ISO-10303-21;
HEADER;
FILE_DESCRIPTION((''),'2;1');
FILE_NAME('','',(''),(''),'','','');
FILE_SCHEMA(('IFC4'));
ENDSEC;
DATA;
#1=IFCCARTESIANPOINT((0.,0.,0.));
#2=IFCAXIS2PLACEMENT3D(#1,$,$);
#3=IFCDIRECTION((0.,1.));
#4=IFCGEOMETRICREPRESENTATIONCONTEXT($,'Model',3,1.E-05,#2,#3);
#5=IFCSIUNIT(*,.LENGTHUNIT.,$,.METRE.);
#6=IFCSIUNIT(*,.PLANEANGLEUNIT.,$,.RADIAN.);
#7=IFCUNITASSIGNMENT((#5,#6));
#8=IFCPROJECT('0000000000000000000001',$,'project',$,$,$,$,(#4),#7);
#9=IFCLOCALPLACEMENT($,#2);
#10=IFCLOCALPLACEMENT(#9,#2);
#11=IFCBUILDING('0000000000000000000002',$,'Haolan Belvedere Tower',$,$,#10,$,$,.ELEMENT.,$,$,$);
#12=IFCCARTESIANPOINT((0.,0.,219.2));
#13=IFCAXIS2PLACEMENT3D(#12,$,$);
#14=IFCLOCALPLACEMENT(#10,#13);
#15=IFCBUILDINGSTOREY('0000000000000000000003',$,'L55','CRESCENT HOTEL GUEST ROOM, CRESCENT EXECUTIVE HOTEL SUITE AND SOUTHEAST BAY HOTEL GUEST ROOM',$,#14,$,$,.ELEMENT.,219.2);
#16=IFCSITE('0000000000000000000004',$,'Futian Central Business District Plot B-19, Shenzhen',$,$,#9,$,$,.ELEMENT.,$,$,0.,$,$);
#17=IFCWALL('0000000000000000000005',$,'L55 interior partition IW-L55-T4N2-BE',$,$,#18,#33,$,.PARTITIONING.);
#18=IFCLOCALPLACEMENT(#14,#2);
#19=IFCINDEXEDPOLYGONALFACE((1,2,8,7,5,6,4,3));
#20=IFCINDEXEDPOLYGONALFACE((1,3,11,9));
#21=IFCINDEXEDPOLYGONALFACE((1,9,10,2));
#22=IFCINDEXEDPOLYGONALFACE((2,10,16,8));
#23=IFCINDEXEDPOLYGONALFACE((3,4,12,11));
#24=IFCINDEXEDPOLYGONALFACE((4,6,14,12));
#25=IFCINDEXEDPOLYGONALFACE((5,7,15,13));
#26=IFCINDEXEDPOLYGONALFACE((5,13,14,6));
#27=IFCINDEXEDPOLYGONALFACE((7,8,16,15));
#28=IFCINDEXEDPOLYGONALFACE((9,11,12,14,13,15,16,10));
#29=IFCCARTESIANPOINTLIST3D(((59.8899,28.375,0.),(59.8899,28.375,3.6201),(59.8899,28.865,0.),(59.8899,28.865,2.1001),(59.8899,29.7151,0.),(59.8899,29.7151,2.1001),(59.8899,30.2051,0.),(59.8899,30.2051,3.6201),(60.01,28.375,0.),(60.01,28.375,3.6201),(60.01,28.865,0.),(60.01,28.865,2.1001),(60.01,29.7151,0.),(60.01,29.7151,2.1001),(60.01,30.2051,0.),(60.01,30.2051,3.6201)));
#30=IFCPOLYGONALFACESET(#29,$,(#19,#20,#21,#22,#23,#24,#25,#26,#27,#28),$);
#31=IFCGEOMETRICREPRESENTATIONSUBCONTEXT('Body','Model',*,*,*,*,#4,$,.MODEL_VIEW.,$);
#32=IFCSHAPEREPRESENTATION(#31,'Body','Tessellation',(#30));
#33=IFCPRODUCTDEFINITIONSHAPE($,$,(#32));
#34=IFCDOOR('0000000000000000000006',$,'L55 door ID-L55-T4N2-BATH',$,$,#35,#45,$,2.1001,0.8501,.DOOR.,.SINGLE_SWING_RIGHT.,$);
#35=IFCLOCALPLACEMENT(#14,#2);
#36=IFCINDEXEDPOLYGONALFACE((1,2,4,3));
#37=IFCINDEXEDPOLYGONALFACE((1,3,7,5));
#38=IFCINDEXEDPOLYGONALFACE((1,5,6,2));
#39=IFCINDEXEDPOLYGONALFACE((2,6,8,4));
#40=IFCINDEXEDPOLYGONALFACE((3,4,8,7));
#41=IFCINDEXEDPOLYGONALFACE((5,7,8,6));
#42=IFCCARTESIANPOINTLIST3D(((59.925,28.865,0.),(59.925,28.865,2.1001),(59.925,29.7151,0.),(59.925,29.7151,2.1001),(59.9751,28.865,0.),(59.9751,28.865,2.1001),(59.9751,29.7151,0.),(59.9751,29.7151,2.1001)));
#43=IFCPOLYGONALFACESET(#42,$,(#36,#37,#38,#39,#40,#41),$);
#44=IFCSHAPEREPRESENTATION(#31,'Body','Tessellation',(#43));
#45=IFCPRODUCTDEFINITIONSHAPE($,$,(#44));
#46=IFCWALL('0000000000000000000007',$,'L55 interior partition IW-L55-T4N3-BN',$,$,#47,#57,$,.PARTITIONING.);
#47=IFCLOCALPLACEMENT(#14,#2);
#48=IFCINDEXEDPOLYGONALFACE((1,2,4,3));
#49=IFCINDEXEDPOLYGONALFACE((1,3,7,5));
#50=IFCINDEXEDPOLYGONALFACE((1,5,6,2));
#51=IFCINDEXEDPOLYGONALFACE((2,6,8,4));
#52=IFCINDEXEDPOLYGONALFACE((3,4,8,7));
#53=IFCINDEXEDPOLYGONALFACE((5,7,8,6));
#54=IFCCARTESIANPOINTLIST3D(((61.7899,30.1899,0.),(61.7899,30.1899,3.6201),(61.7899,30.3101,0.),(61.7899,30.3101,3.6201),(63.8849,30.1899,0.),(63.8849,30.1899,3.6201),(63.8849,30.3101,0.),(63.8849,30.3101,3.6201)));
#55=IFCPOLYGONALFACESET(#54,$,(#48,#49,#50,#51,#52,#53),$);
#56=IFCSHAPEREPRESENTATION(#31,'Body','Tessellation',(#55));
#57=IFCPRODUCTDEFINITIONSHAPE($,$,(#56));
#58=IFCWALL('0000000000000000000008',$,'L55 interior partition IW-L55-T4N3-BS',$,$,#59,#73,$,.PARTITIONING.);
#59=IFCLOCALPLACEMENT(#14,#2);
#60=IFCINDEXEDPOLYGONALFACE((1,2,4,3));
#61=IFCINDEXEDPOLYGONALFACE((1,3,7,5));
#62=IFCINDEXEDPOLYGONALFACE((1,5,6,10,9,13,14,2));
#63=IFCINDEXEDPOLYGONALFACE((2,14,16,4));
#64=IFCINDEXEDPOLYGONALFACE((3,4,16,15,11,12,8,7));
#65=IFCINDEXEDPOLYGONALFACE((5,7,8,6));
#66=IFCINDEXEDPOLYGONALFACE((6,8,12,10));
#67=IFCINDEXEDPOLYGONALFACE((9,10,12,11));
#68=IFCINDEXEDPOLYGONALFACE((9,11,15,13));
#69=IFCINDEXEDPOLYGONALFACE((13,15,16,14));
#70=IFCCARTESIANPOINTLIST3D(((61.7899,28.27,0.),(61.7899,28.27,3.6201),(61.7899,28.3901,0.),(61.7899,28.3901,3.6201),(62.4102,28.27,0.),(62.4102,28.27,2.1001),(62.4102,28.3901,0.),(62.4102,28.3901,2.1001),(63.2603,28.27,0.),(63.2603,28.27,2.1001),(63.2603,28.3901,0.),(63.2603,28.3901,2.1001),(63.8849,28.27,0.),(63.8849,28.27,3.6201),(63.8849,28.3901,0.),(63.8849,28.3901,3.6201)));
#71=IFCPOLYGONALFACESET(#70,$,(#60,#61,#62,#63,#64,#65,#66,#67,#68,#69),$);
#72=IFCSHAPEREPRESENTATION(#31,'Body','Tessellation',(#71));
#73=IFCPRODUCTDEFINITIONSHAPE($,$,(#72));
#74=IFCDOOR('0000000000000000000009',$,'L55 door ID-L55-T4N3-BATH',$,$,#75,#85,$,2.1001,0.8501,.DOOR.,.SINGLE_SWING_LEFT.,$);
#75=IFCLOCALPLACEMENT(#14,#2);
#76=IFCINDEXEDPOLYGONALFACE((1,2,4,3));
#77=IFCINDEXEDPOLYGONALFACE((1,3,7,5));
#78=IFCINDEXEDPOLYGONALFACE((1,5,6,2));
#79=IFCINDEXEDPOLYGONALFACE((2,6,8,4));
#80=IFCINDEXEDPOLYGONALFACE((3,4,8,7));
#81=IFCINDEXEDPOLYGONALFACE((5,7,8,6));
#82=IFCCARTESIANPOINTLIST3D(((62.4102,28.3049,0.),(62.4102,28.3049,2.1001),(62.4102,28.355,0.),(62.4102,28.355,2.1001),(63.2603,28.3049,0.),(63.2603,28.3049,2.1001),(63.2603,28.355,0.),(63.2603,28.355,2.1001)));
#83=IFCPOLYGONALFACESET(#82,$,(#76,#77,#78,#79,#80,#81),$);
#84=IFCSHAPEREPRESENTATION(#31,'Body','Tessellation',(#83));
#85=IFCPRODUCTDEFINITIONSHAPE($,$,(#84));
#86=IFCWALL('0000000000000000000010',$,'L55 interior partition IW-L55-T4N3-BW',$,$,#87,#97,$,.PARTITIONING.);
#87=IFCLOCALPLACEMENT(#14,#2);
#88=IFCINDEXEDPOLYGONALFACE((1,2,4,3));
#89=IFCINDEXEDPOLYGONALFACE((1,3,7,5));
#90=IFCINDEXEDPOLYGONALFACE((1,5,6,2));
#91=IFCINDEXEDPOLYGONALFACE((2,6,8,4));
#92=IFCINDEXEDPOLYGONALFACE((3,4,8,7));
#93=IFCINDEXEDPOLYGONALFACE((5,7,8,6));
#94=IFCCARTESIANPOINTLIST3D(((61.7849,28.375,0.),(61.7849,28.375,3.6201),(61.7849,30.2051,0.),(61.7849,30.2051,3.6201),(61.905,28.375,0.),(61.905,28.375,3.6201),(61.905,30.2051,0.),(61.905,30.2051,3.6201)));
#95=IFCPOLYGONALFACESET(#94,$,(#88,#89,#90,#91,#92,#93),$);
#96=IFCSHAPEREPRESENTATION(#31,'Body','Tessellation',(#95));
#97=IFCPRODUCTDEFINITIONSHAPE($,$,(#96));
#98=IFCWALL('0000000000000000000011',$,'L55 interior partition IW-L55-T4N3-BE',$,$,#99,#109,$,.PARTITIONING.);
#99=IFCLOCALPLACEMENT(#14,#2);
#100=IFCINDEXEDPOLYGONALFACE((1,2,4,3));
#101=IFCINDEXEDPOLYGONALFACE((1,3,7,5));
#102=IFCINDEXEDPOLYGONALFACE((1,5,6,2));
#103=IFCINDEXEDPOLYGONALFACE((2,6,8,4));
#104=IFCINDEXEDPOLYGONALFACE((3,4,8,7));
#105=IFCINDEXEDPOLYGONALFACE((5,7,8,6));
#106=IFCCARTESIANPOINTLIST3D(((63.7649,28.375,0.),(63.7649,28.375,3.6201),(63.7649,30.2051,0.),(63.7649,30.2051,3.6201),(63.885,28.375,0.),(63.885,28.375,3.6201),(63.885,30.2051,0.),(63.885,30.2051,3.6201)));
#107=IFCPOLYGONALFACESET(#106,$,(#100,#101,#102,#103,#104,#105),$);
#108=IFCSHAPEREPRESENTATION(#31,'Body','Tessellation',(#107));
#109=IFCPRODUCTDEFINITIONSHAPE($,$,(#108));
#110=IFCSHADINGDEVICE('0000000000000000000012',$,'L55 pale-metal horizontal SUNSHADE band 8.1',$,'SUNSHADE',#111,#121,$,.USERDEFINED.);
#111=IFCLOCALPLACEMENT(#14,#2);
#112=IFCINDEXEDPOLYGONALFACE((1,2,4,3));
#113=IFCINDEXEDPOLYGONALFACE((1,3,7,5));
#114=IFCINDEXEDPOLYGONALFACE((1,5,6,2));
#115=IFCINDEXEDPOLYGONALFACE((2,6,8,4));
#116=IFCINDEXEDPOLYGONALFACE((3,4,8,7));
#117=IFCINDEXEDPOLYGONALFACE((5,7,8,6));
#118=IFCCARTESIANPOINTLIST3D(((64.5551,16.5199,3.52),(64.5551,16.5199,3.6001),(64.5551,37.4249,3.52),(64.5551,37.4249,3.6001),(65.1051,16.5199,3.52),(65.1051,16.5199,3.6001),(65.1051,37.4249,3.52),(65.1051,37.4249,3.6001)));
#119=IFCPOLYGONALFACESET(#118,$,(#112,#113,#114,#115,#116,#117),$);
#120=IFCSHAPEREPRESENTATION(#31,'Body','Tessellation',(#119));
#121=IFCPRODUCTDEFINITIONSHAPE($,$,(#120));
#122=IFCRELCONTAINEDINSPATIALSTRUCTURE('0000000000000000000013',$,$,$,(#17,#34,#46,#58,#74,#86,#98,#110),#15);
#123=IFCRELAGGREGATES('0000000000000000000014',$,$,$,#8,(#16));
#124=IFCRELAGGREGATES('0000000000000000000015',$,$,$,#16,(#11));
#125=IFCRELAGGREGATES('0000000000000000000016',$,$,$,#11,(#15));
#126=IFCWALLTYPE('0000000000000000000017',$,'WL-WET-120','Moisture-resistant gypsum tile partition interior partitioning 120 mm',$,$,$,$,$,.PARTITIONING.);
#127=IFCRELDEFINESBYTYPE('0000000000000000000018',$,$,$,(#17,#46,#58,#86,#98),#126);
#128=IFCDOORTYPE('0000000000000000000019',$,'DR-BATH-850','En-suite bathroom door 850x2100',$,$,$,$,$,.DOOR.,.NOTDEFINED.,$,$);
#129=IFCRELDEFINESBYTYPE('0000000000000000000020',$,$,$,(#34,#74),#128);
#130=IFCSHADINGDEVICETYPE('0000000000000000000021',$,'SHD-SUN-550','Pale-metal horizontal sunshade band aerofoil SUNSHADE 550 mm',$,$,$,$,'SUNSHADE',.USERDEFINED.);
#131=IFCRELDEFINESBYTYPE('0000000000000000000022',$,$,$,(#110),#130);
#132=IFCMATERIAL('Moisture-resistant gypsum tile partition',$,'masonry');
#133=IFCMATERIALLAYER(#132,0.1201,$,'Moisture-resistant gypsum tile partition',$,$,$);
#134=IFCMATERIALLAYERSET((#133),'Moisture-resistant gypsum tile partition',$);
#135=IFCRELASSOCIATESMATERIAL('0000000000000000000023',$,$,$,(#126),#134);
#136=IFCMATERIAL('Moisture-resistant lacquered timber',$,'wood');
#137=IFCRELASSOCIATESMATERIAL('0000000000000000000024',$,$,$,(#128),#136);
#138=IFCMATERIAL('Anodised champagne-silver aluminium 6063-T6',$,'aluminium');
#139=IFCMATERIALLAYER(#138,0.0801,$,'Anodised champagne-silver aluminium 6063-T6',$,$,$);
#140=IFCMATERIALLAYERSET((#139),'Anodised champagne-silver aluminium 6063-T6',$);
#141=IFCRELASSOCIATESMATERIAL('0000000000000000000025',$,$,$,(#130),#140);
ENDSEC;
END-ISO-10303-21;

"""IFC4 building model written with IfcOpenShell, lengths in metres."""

from ifc_helpers import new_model, si_unit, direction, frame, frame_2d, origin, origin_2d, place, context, subcontext, project, spatial, rectangle, extrude, material, layer, layer_set, type_object, element, fill, save


model = new_model("IFC4")

# Units and contexts
model_context = context("Model", 3, precision=1e-05, world=origin(), true_north=direction((0.0, 1.0)))
body_context = subcontext(model_context, "Body", "Model", "MODEL_VIEW")
ifc_project = project(units=[si_unit("LENGTHUNIT", "METRE"), si_unit("PLANEANGLEUNIT", "RADIAN")], contexts=[model_context])

# Site, building, storey
site_placement = place(None, origin())
site = spatial("IfcSite", under=ifc_project, at=site_placement, Name="Futian Central Business District Plot B-19, Shenzhen", CompositionType="ELEMENT", RefElevation=0.0)
building_placement = place(site_placement, origin())
building = spatial("IfcBuilding", under=site, at=building_placement, Name="Haolan Belvedere Tower", CompositionType="ELEMENT")
storey_placement = place(building_placement, frame((0.0, 0.0, 219.2)))
storey = spatial("IfcBuildingStorey", under=building, at=storey_placement, Name="L55", Description="CRESCENT HOTEL GUEST ROOM, CRESCENT EXECUTIVE HOTEL SUITE AND SOUTHEAST BAY HOTEL GUEST ROOM", CompositionType="ELEMENT", Elevation=219.2)

# Shared definitions
ifc_material_1 = material(Name="Moisture-resistant gypsum tile partition", Category="masonry")
ifc_layer_1 = layer(ifc_material_1, 0.1201, Name="Moisture-resistant gypsum tile partition")
ifc_layer_set_1 = layer_set([ifc_layer_1], Name="Moisture-resistant gypsum tile partition")
wall_type_1 = type_object("IfcWallType", Name="WL-WET-120", Description="Moisture-resistant gypsum tile partition interior partitioning 120 mm", PredefinedType="PARTITIONING", material=ifc_layer_set_1)

# Shared definitions
ifc_material_2 = material(Name="Moisture-resistant lacquered timber", Category="wood")
door_type_1 = type_object("IfcDoorType", Name="DR-BATH-850", Description="En-suite bathroom door 850x2100", OperationType="NOTDEFINED", PredefinedType="DOOR", material=ifc_material_2)

# Wall, opening, door
wall_1_placement = place(storey_placement, frame((59.95, 28.375, 0.0), z_axis=(0.0, 0.0, 1.0), x_axis=(0.0, 1.0, 0.0)))
wall_1 = element("IfcWall", 1, at=wall_1_placement, inside=storey, type_object=wall_type_1, Name="L55 interior partition IW-L55-T4N2-BE", PredefinedType="PARTITIONING", context=body_context, shape_type="SweptSolid", body=[
    extrude(rectangle(XDim=1.8301, YDim=0.1201, at=frame_2d((0.915, 0.0))), origin(), (0.0, 0.0, 1.0), 3.6201),
])
opening_1_placement = place(wall_1_placement, frame((0.49, 0.0, 0.0)))
opening_1 = element("IfcOpeningElement", 2, at=opening_1_placement, cuts=wall_1, PredefinedType="OPENING", context=body_context, shape_type="SweptSolid", body=[
    extrude(rectangle(XDim=0.8501, YDim=2.1001, at=frame_2d((0.425, 1.05))), frame((0.0, 0.0701, 0.0), z_axis=(0.0, -1.0, 0.0), x_axis=(1.0, 0.0, 0.0)), (0.0, 0.0, 1.0), 0.1401),
])
door_1_placement = place(opening_1_placement, origin())
door_1 = element("IfcDoor", 3, at=door_1_placement, inside=storey, type_object=door_type_1, Name="L55 door ID-L55-T4N2-BATH", OperationType="SINGLE_SWING_RIGHT", OverallHeight=2.1001, OverallWidth=0.8501, PredefinedType="DOOR", context=body_context, shape_type="SweptSolid", body=[
    extrude(rectangle(XDim=0.8501, YDim=2.1001, at=frame_2d((0.425, 1.05))), frame((0.0, 0.0249, 0.0), z_axis=(0.0, -1.0, 0.0), x_axis=(1.0, 0.0, 0.0)), (0.0, 0.0, 1.0), 0.05),
])
fill(opening_1, door_1)

# Wall
wall_2_placement = place(storey_placement, frame((61.79, 30.25, 0.0), z_axis=(0.0, 0.0, 1.0), x_axis=(1.0, 0.0, 0.0)))
element("IfcWall", 4, at=wall_2_placement, inside=storey, type_object=wall_type_1, Name="L55 interior partition IW-L55-T4N3-BN", PredefinedType="PARTITIONING", context=body_context, shape_type="SweptSolid", body=[
    extrude(rectangle(XDim=2.095, YDim=0.1201, at=frame_2d((1.0474, 0.0))), origin(), (0.0, 0.0, 1.0), 3.6201),
])

# Wall, opening, door
wall_3_placement = place(storey_placement, frame((61.79, 28.3301, 0.0), z_axis=(0.0, 0.0, 1.0), x_axis=(1.0, 0.0, 0.0)))
wall_3 = element("IfcWall", 5, at=wall_3_placement, inside=storey, type_object=wall_type_1, Name="L55 interior partition IW-L55-T4N3-BS", PredefinedType="PARTITIONING", context=body_context, shape_type="SweptSolid", body=[
    extrude(rectangle(XDim=2.095, YDim=0.1201, at=frame_2d((1.0474, 0.0))), origin(), (0.0, 0.0, 1.0), 3.6201),
])
opening_2_placement = place(wall_3_placement, frame((0.6201, 0.0, 0.0)))
opening_2 = element("IfcOpeningElement", 6, at=opening_2_placement, cuts=wall_3, PredefinedType="OPENING", context=body_context, shape_type="SweptSolid", body=[
    extrude(rectangle(XDim=0.8501, YDim=2.1001, at=frame_2d((0.425, 1.05))), frame((0.0, 0.0701, 0.0), z_axis=(0.0, -1.0, 0.0), x_axis=(1.0, 0.0, 0.0)), (0.0, 0.0, 1.0), 0.1401),
])
door_2_placement = place(opening_2_placement, origin())
door_2 = element("IfcDoor", 7, at=door_2_placement, inside=storey, type_object=door_type_1, Name="L55 door ID-L55-T4N3-BATH", OperationType="SINGLE_SWING_LEFT", OverallHeight=2.1001, OverallWidth=0.8501, PredefinedType="DOOR", context=body_context, shape_type="SweptSolid", body=[
    extrude(rectangle(XDim=0.8501, YDim=2.1001, at=frame_2d((0.425, 1.05))), frame((0.0, 0.0249, 0.0), z_axis=(0.0, -1.0, 0.0), x_axis=(1.0, 0.0, 0.0)), (0.0, 0.0, 1.0), 0.05),
])
fill(opening_2, door_2)

# Walls
for number, where, z_axis, x_axis, name in (
    (8, (61.845, 28.375, 0.0), (0.0, 0.0, 1.0), (0.0, 1.0, 0.0), "L55 interior partition IW-L55-T4N3-BW"),
    (9, (63.825, 28.375, 0.0), (0.0, 0.0, 1.0), (0.0, 1.0, 0.0), "L55 interior partition IW-L55-T4N3-BE"),
):
    element("IfcWall", number, at=place(storey_placement, frame(where, z_axis=z_axis, x_axis=x_axis)), inside=storey, type_object=wall_type_1, Name=name, PredefinedType="PARTITIONING", context=body_context, shape_type="SweptSolid", body=[
        extrude(rectangle(XDim=1.8301, YDim=0.1201, at=frame_2d((0.915, 0.0))), origin(), (0.0, 0.0, 1.0), 3.6201),
    ])

# Shading device
ifc_material_3 = material(Name="Anodised champagne-silver aluminium 6063-T6", Category="aluminium")
ifc_layer_2 = layer(ifc_material_3, 0.0801, Name="Anodised champagne-silver aluminium 6063-T6")
ifc_layer_set_2 = layer_set([ifc_layer_2], Name="Anodised champagne-silver aluminium 6063-T6")
shading_device_type = type_object("IfcShadingDeviceType", Name="SHD-SUN-550", Description="Pale-metal horizontal sunshade band aerofoil SUNSHADE 550 mm", ElementType="SUNSHADE", PredefinedType="USERDEFINED", material=ifc_layer_set_2)
shading_device_placement = place(storey_placement, frame((64.8301, 26.9724, 3.52), z_axis=(0.0, 0.0, 1.0), x_axis=(0.0, 1.0, 0.0)))
element("IfcShadingDevice", 10, at=shading_device_placement, inside=storey, type_object=shading_device_type, Name="L55 pale-metal horizontal SUNSHADE band 8.1", ObjectType="SUNSHADE", PredefinedType="USERDEFINED", context=body_context, shape_type="SweptSolid", body=[
    extrude(rectangle(XDim=20.905, YDim=0.55, at=origin_2d()), origin(), (0.0, 0.0, 1.0), 0.0801),
])

save(model, "model.ifc")
